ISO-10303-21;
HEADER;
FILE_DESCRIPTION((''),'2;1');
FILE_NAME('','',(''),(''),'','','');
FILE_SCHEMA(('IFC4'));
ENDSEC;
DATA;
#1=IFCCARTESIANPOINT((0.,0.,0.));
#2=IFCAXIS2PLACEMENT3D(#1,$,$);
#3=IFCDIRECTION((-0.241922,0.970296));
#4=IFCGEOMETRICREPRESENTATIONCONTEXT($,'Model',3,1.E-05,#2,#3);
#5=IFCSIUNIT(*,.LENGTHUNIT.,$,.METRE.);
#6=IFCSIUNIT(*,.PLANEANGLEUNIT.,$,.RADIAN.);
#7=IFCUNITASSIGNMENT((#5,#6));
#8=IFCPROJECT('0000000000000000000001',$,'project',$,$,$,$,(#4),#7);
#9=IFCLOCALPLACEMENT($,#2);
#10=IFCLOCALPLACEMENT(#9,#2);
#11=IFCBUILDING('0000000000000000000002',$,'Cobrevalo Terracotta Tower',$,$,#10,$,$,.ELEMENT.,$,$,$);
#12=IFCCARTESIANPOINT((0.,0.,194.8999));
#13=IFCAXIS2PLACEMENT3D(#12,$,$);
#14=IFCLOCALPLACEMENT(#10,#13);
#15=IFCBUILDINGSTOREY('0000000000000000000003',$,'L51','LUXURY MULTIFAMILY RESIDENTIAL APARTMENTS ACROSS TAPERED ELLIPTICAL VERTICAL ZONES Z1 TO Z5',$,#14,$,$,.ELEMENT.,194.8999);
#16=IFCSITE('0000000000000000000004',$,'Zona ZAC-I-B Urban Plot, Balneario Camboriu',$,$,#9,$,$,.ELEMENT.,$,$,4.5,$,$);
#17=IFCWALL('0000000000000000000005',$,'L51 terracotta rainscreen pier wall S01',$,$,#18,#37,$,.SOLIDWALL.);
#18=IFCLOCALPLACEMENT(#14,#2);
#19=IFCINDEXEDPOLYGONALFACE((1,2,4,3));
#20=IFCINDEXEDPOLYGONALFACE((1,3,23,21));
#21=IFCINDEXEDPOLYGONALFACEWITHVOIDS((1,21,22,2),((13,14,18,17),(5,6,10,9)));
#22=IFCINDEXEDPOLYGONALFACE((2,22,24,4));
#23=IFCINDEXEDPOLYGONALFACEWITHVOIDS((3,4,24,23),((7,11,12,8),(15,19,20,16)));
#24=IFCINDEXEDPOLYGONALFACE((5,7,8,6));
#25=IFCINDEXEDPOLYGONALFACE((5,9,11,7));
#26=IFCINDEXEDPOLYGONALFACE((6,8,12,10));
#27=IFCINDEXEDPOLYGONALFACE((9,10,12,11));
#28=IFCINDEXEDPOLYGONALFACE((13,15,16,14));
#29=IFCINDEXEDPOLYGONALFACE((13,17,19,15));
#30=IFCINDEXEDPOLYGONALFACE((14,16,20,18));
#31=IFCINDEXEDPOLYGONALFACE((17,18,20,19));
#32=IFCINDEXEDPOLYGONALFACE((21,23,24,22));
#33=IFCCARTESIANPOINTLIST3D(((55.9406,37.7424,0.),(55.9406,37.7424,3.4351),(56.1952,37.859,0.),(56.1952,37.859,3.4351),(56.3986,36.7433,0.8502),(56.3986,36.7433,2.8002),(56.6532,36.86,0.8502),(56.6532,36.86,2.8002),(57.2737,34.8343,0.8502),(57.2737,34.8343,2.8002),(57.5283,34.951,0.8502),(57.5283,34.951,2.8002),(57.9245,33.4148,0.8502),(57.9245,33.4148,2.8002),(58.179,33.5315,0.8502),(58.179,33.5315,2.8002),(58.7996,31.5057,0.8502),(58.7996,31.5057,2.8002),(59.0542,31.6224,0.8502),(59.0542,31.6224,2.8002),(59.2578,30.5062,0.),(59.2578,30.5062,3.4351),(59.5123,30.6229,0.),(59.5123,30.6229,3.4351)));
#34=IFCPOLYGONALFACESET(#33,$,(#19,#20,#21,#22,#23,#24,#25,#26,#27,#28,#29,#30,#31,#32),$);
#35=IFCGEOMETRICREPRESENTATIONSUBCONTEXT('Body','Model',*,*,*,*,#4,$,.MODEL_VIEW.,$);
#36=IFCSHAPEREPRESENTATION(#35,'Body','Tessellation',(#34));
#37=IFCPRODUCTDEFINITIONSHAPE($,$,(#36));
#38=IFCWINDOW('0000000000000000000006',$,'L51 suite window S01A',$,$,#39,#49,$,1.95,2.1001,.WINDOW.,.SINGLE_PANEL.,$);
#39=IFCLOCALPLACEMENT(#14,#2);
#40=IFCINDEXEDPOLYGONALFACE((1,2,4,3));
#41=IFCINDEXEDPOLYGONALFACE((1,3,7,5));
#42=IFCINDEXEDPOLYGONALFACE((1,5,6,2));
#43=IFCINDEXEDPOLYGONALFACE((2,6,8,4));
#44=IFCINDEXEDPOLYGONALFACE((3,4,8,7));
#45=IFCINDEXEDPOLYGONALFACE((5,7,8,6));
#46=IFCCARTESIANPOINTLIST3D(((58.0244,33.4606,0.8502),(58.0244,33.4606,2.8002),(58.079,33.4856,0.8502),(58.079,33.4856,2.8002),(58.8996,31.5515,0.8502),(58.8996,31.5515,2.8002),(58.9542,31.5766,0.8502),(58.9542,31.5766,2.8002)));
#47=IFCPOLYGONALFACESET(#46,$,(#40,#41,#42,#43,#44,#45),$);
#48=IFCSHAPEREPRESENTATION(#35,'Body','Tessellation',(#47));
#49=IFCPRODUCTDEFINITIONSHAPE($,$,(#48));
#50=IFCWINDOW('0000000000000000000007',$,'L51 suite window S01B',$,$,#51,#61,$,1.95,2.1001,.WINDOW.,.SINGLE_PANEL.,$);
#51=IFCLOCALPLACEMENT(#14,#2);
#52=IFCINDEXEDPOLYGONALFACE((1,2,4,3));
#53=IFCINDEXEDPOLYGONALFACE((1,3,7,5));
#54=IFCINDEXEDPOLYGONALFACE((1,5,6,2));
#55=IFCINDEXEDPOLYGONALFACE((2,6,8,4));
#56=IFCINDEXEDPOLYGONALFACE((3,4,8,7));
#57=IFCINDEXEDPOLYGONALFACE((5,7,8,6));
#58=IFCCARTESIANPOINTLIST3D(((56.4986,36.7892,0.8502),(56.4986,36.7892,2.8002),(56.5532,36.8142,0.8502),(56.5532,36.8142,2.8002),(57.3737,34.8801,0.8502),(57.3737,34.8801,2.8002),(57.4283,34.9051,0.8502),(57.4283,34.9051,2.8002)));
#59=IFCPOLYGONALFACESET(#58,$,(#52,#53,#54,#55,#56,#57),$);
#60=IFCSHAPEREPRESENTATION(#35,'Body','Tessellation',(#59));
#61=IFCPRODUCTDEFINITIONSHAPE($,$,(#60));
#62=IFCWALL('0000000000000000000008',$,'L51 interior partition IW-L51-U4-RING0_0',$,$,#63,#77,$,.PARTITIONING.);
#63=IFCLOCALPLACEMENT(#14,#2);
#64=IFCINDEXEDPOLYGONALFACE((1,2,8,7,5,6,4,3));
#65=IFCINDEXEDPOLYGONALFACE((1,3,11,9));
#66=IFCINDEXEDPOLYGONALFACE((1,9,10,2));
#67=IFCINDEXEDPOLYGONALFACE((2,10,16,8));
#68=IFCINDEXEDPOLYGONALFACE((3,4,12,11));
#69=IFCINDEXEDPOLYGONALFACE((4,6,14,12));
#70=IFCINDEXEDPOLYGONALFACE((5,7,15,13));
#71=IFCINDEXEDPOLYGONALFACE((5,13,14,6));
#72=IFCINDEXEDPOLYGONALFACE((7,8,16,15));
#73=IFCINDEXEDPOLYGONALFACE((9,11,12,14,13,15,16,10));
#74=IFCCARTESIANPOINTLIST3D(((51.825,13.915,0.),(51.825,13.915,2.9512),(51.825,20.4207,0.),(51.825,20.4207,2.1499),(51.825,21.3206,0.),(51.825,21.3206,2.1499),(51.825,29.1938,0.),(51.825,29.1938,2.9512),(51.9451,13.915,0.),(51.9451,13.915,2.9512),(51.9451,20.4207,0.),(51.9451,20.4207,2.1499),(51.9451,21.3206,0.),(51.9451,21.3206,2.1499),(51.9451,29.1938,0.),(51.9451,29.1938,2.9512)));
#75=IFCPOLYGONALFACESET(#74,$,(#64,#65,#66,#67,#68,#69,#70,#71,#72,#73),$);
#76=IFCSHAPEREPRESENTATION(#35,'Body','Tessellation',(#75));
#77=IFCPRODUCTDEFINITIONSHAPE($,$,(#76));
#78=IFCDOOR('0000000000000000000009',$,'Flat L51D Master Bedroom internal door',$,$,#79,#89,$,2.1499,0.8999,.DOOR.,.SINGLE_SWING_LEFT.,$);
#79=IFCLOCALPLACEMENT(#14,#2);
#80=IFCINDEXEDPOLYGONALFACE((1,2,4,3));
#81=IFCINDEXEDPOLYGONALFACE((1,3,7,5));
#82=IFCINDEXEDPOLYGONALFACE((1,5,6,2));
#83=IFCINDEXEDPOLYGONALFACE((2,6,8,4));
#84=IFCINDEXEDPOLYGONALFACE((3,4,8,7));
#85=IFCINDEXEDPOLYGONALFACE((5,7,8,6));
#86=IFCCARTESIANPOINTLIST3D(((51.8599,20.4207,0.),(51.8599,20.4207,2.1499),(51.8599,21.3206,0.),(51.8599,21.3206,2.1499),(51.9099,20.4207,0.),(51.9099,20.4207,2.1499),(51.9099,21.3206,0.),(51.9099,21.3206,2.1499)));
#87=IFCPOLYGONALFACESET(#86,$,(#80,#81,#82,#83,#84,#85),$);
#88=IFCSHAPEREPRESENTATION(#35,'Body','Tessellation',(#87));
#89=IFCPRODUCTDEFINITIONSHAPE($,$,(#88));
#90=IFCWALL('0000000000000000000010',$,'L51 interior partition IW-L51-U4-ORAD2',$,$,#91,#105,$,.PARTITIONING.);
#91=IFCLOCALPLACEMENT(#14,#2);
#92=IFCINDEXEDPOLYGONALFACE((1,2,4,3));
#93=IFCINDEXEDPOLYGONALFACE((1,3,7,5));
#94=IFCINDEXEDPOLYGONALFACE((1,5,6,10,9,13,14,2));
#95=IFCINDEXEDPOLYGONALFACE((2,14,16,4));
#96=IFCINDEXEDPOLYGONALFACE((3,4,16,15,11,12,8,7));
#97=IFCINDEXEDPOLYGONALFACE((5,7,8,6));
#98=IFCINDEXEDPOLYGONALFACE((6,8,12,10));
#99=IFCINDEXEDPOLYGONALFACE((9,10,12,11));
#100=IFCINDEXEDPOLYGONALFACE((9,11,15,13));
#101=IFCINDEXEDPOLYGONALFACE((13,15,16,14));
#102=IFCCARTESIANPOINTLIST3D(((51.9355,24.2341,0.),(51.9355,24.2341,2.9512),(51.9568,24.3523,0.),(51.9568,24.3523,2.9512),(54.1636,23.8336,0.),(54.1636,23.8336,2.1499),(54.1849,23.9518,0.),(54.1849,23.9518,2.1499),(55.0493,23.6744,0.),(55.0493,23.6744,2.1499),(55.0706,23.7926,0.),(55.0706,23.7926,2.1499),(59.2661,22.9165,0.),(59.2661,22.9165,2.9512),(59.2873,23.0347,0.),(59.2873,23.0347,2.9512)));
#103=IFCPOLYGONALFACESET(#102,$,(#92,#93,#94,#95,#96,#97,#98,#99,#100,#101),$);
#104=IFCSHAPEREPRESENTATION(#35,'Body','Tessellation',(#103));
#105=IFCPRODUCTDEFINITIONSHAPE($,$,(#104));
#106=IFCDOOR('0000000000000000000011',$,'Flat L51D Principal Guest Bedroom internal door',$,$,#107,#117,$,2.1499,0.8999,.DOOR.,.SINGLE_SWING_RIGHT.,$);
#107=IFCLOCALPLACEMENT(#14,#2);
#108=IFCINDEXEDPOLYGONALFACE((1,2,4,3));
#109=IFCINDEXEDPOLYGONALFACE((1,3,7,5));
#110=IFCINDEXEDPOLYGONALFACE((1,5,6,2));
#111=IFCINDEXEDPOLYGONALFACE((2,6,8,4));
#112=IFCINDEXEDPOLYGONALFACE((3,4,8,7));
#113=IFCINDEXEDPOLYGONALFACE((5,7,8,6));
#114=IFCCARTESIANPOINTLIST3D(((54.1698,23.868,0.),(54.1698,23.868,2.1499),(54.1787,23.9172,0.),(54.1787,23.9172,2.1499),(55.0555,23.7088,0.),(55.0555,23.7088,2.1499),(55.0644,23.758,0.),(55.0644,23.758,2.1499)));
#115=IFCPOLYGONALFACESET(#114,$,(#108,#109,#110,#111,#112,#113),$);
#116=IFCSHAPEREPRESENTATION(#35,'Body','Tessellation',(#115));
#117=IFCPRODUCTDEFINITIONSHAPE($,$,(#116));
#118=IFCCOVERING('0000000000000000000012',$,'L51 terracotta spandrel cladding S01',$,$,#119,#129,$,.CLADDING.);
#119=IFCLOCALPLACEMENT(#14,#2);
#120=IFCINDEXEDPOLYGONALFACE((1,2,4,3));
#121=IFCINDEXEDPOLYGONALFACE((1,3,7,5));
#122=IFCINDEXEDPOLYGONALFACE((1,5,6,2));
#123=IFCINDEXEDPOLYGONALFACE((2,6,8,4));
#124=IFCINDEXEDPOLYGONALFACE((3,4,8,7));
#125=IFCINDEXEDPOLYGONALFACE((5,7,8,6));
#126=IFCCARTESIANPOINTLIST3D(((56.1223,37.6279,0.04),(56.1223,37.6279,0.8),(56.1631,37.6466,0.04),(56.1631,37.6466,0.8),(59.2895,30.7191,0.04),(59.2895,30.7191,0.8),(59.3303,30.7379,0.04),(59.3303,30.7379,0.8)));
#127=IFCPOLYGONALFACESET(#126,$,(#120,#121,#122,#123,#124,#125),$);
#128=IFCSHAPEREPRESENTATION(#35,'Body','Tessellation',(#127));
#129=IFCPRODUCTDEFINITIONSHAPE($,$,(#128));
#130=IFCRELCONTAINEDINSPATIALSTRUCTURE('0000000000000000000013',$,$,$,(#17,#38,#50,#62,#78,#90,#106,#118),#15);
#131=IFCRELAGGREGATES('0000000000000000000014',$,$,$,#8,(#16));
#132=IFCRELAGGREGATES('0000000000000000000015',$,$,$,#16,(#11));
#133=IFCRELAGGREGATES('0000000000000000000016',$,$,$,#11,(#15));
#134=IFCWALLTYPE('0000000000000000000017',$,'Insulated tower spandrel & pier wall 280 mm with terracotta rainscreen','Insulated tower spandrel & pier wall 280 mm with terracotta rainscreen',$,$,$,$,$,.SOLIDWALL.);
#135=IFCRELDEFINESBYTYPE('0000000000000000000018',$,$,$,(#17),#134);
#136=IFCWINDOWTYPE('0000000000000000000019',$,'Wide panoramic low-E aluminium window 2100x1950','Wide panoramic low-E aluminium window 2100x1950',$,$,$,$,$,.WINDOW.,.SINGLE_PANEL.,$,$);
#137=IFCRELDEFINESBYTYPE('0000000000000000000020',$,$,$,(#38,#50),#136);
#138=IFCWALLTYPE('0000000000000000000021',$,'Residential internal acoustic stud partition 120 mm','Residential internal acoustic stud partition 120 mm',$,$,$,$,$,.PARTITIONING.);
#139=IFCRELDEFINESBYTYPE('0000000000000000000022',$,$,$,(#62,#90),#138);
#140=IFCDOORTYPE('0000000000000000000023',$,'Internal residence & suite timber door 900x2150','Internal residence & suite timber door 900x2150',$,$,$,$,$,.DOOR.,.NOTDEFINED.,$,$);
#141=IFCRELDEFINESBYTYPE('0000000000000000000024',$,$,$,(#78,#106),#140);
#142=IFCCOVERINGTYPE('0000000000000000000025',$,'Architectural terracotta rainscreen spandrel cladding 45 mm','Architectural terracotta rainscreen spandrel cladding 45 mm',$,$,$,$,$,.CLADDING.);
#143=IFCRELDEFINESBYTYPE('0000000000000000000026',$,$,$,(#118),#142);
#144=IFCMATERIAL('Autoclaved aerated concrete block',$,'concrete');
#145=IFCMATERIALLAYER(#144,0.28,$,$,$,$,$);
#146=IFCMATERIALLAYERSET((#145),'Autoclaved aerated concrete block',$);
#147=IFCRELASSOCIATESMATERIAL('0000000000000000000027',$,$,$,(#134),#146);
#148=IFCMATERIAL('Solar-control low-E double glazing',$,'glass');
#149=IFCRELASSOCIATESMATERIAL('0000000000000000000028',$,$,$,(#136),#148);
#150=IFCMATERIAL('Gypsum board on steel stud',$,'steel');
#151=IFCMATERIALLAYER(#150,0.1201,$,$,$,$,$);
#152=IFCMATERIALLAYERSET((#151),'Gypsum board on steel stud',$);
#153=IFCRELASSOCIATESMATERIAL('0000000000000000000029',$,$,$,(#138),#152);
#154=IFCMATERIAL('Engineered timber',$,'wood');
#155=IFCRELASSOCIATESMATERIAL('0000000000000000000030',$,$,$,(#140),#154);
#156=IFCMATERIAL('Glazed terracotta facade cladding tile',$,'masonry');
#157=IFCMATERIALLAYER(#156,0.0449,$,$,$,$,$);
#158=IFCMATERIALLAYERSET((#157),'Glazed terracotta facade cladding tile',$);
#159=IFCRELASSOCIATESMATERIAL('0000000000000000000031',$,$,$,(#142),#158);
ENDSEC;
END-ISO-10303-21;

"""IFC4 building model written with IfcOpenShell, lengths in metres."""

from ifc_helpers import new_model, si_unit, direction, frame, frame_2d, origin, origin_2d, place, context, subcontext, project, spatial, rectangle, extrude, source, transform, mapped, material, layer, layer_set, type_object, element, fill, save


model = new_model("IFC4")

# Units and contexts
model_context = context("Model", 3, precision=1e-05, world=origin(), true_north=direction((-0.241922, 0.970296)))
body_context = subcontext(model_context, "Body", "Model", "MODEL_VIEW")
ifc_project = project(units=[si_unit("LENGTHUNIT", "METRE"), si_unit("PLANEANGLEUNIT", "RADIAN")], contexts=[model_context])

# Site, building, storey
site_placement = place(None, origin())
site = spatial("IfcSite", under=ifc_project, at=site_placement, Name="Zona ZAC-I-B Urban Plot, Balneario Camboriu", CompositionType="ELEMENT", RefElevation=4.5)
building_placement = place(site_placement, origin())
building = spatial("IfcBuilding", under=site, at=building_placement, Name="Cobrevalo Terracotta Tower", CompositionType="ELEMENT")
storey_placement = place(building_placement, frame((0.0, 0.0, 194.8999)))
storey = spatial("IfcBuildingStorey", under=building, at=storey_placement, Name="L51", Description="LUXURY MULTIFAMILY RESIDENTIAL APARTMENTS ACROSS TAPERED ELLIPTICAL VERTICAL ZONES Z1 TO Z5", CompositionType="ELEMENT", Elevation=194.8999)

# Shared definitions
ifc_material_1 = material(Name="Solar-control low-E double glazing", Category="glass")

# Shared definitions
ifc_material_2 = material(Name="Autoclaved aerated concrete block", Category="concrete")

# Wall, openings, windows
ifc_layer_1 = layer(ifc_material_2, 0.28)
ifc_layer_set_1 = layer_set([ifc_layer_1], Name="Autoclaved aerated concrete block")
wall_type_1 = type_object("IfcWallType", Name="Insulated tower spandrel & pier wall 280 mm with terracotta rainscreen", Description="Insulated tower spandrel & pier wall 280 mm with terracotta rainscreen", PredefinedType="SOLIDWALL", material=ifc_layer_set_1)
wall_1_placement = place(storey_placement, frame((59.385, 30.5647, 0.0), z_axis=(0.0, 0.0, 1.0), x_axis=(-0.416717, 0.909036, 0.0)))
wall_1 = element("IfcWall", 1, at=wall_1_placement, inside=storey, type_object=wall_type_1, Name="L51 terracotta rainscreen pier wall S01", PredefinedType="SOLIDWALL", context=body_context, shape_type="SweptSolid", body=[
    extrude(rectangle(XDim=7.9602, YDim=0.28, at=frame_2d((3.98, 0.0))), origin(), (0.0, 0.0, 1.0), 3.4351),
])
opening_1_placement = place(wall_1_placement, frame((1.0994, 0.0, 0.8501)))
opening_1 = element("IfcOpeningElement", 2, at=opening_1_placement, cuts=wall_1, PredefinedType="OPENING", context=body_context, shape_type="SweptSolid", body=[
    extrude(rectangle(XDim=2.1001, YDim=1.95, at=frame_2d((1.05, 0.9751))), frame((0.0, 0.1499, 0.0), z_axis=(0.0, -1.0, 0.0), x_axis=(1.0, 0.0, 0.0)), (0.0, 0.0, 1.0), 0.3),
])
opening_2_placement = place(wall_1_placement, frame((4.761, 0.0, 0.8501)))
opening_2 = element("IfcOpeningElement", 3, at=opening_2_placement, cuts=wall_1, PredefinedType="OPENING", context=body_context, shape_type="SweptSolid", body=[
    extrude(rectangle(XDim=2.1001, YDim=1.95, at=frame_2d((1.05, 0.9751))), frame((0.0, 0.1499, 0.0), z_axis=(0.0, -1.0, 0.0), x_axis=(1.0, 0.0, 0.0)), (0.0, 0.0, 1.0), 0.3),
])
window_type = type_object("IfcWindowType", Name="Wide panoramic low-E aluminium window 2100x1950", Description="Wide panoramic low-E aluminium window 2100x1950", PartitioningType="SINGLE_PANEL", PredefinedType="WINDOW", material=ifc_material_1)
shared_shape_1 = source(origin(), body_context, "Body", "SweptSolid", [
    extrude(rectangle(XDim=2.1001, YDim=1.95, at=frame_2d((1.05, 0.9751))), frame((0.0, 0.03, 0.0), z_axis=(0.0, -1.0, 0.0), x_axis=(1.0, 0.0, 0.0)), (0.0, 0.0, 1.0), 0.0601),
])
window_1_placement = place(opening_1_placement, origin())
window_1 = element("IfcWindow", 4, at=window_1_placement, inside=storey, type_object=window_type, Name="L51 suite window S01A", OverallHeight=1.95, OverallWidth=2.1001, PartitioningType="SINGLE_PANEL", PredefinedType="WINDOW", context=body_context, shape_type="MappedRepresentation", body=[
    mapped(shared_shape_1, transform((0.0, 0.0, 0.0), scale=1.0)),
])
fill(opening_1, window_1)
window_2_placement = place(opening_2_placement, origin())
window_2 = element("IfcWindow", 5, at=window_2_placement, inside=storey, type_object=window_type, Name="L51 suite window S01B", OverallHeight=1.95, OverallWidth=2.1001, PartitioningType="SINGLE_PANEL", PredefinedType="WINDOW", context=body_context, shape_type="MappedRepresentation", body=[
    mapped(shared_shape_1, transform((0.0, 0.0, 0.0), scale=1.0)),
])
fill(opening_2, window_2)

# Walls, openings, doors
ifc_material_3 = material(Name="Gypsum board on steel stud", Category="steel")
ifc_layer_2 = layer(ifc_material_3, 0.1201)
ifc_layer_set_2 = layer_set([ifc_layer_2], Name="Gypsum board on steel stud")
wall_type_2 = type_object("IfcWallType", Name="Residential internal acoustic stud partition 120 mm", Description="Residential internal acoustic stud partition 120 mm", PredefinedType="PARTITIONING", material=ifc_layer_set_2)
wall_2_placement = place(storey_placement, frame((51.885, 29.1938, 0.0), z_axis=(0.0, 0.0, 1.0), x_axis=(0.0, -1.0, 0.0)))
wall_2 = element("IfcWall", 6, at=wall_2_placement, inside=storey, type_object=wall_type_2, Name="L51 interior partition IW-L51-U4-RING0_0", PredefinedType="PARTITIONING", context=body_context, shape_type="SweptSolid", body=[
    extrude(rectangle(XDim=15.2788, YDim=0.1201, at=frame_2d((7.6394, 0.0))), origin(), (0.0, 0.0, 1.0), 2.9512),
])
opening_3_placement = place(wall_2_placement, frame((7.8733, 0.0, 0.0)))
opening_3 = element("IfcOpeningElement", 7, at=opening_3_placement, cuts=wall_2, PredefinedType="OPENING", context=body_context, shape_type="SweptSolid", body=[
    extrude(rectangle(XDim=0.8999, YDim=2.1499, at=frame_2d((0.45, 1.075))), frame((0.0, 0.0701, 0.0), z_axis=(0.0, -1.0, 0.0), x_axis=(1.0, 0.0, 0.0)), (0.0, 0.0, 1.0), 0.1401),
])
ifc_material_4 = material(Name="Engineered timber", Category="wood")
door_type_1 = type_object("IfcDoorType", Name="Internal residence & suite timber door 900x2150", Description="Internal residence & suite timber door 900x2150", OperationType="NOTDEFINED", PredefinedType="DOOR", material=ifc_material_4)
shared_shape_2 = source(origin(), body_context, "Body", "SweptSolid", [
    extrude(rectangle(XDim=0.8999, YDim=2.1499, at=frame_2d((0.45, 1.075))), frame((0.0, 0.0249, 0.0), z_axis=(0.0, -1.0, 0.0), x_axis=(1.0, 0.0, 0.0)), (0.0, 0.0, 1.0), 0.05),
])
door_1_placement = place(opening_3_placement, origin())
door_1 = element("IfcDoor", 8, at=door_1_placement, inside=storey, type_object=door_type_1, Name="Flat L51D Master Bedroom internal door", OperationType="SINGLE_SWING_LEFT", OverallHeight=2.1499, OverallWidth=0.8999, PredefinedType="DOOR", context=body_context, shape_type="MappedRepresentation", body=[
    mapped(shared_shape_2, transform((0.0, 0.0, 0.0), scale=1.0)),
])
fill(opening_3, door_1)
wall_3_placement = place(storey_placement, frame((51.946, 24.2932, 0.0), z_axis=(0.0, 0.0, 1.0), x_axis=(0.984227, -0.176909, 0.0)))
wall_3 = element("IfcWall", 9, at=wall_3_placement, inside=storey, type_object=wall_type_2, Name="L51 interior partition IW-L51-U4-ORAD2", PredefinedType="PARTITIONING", context=body_context, shape_type="SweptSolid", body=[
    extrude(rectangle(XDim=7.448, YDim=0.1201, at=frame_2d((3.7241, 0.0))), origin(), (0.0, 0.0, 1.0), 2.9512),
])
opening_4_placement = place(wall_3_placement, frame((2.2639, 0.0, 0.0)))
opening_4 = element("IfcOpeningElement", 10, at=opening_4_placement, cuts=wall_3, PredefinedType="OPENING", context=body_context, shape_type="SweptSolid", body=[
    extrude(rectangle(XDim=0.8999, YDim=2.1499, at=frame_2d((0.45, 1.075))), frame((0.0, 0.0701, 0.0), z_axis=(0.0, -1.0, 0.0), x_axis=(1.0, 0.0, 0.0)), (0.0, 0.0, 1.0), 0.1401),
])
door_2_placement = place(opening_4_placement, origin())
door_2 = element("IfcDoor", 11, at=door_2_placement, inside=storey, type_object=door_type_1, Name="Flat L51D Principal Guest Bedroom internal door", OperationType="SINGLE_SWING_RIGHT", OverallHeight=2.1499, OverallWidth=0.8999, PredefinedType="DOOR", context=body_context, shape_type="MappedRepresentation", body=[
    mapped(shared_shape_2, transform((0.0, 0.0, 0.0), scale=1.0)),
])
fill(opening_4, door_2)

# Covering
ifc_material_5 = material(Name="Glazed terracotta facade cladding tile", Category="masonry")
ifc_layer_3 = layer(ifc_material_5, 0.0449)
ifc_layer_set_3 = layer_set([ifc_layer_3], Name="Glazed terracotta facade cladding tile")
covering_type = type_object("IfcCoveringType", Name="Architectural terracotta rainscreen spandrel cladding 45 mm", Description="Architectural terracotta rainscreen spandrel cladding 45 mm", PredefinedType="CLADDING", material=ifc_layer_set_3)
shared_shape_3 = source(origin(), body_context, "Body", "SweptSolid", [
    extrude(rectangle(XDim=7.6001, YDim=0.0449, at=origin_2d()), origin(), (0.0, 0.0, 1.0), 0.76),
])
covering_placement = place(storey_placement, frame((57.7263, 34.1829, 0.04), z_axis=(0.0, 0.0, 1.0), x_axis=(-0.416731, 0.90903, 0.0)))
element("IfcCovering", 12, at=covering_placement, inside=storey, type_object=covering_type, Name="L51 terracotta spandrel cladding S01", PredefinedType="CLADDING", context=body_context, shape_type="MappedRepresentation", body=[
    mapped(shared_shape_3, transform((0.0, 0.0, 0.0), scale=1.0)),
])

save(model, "model.ifc")
